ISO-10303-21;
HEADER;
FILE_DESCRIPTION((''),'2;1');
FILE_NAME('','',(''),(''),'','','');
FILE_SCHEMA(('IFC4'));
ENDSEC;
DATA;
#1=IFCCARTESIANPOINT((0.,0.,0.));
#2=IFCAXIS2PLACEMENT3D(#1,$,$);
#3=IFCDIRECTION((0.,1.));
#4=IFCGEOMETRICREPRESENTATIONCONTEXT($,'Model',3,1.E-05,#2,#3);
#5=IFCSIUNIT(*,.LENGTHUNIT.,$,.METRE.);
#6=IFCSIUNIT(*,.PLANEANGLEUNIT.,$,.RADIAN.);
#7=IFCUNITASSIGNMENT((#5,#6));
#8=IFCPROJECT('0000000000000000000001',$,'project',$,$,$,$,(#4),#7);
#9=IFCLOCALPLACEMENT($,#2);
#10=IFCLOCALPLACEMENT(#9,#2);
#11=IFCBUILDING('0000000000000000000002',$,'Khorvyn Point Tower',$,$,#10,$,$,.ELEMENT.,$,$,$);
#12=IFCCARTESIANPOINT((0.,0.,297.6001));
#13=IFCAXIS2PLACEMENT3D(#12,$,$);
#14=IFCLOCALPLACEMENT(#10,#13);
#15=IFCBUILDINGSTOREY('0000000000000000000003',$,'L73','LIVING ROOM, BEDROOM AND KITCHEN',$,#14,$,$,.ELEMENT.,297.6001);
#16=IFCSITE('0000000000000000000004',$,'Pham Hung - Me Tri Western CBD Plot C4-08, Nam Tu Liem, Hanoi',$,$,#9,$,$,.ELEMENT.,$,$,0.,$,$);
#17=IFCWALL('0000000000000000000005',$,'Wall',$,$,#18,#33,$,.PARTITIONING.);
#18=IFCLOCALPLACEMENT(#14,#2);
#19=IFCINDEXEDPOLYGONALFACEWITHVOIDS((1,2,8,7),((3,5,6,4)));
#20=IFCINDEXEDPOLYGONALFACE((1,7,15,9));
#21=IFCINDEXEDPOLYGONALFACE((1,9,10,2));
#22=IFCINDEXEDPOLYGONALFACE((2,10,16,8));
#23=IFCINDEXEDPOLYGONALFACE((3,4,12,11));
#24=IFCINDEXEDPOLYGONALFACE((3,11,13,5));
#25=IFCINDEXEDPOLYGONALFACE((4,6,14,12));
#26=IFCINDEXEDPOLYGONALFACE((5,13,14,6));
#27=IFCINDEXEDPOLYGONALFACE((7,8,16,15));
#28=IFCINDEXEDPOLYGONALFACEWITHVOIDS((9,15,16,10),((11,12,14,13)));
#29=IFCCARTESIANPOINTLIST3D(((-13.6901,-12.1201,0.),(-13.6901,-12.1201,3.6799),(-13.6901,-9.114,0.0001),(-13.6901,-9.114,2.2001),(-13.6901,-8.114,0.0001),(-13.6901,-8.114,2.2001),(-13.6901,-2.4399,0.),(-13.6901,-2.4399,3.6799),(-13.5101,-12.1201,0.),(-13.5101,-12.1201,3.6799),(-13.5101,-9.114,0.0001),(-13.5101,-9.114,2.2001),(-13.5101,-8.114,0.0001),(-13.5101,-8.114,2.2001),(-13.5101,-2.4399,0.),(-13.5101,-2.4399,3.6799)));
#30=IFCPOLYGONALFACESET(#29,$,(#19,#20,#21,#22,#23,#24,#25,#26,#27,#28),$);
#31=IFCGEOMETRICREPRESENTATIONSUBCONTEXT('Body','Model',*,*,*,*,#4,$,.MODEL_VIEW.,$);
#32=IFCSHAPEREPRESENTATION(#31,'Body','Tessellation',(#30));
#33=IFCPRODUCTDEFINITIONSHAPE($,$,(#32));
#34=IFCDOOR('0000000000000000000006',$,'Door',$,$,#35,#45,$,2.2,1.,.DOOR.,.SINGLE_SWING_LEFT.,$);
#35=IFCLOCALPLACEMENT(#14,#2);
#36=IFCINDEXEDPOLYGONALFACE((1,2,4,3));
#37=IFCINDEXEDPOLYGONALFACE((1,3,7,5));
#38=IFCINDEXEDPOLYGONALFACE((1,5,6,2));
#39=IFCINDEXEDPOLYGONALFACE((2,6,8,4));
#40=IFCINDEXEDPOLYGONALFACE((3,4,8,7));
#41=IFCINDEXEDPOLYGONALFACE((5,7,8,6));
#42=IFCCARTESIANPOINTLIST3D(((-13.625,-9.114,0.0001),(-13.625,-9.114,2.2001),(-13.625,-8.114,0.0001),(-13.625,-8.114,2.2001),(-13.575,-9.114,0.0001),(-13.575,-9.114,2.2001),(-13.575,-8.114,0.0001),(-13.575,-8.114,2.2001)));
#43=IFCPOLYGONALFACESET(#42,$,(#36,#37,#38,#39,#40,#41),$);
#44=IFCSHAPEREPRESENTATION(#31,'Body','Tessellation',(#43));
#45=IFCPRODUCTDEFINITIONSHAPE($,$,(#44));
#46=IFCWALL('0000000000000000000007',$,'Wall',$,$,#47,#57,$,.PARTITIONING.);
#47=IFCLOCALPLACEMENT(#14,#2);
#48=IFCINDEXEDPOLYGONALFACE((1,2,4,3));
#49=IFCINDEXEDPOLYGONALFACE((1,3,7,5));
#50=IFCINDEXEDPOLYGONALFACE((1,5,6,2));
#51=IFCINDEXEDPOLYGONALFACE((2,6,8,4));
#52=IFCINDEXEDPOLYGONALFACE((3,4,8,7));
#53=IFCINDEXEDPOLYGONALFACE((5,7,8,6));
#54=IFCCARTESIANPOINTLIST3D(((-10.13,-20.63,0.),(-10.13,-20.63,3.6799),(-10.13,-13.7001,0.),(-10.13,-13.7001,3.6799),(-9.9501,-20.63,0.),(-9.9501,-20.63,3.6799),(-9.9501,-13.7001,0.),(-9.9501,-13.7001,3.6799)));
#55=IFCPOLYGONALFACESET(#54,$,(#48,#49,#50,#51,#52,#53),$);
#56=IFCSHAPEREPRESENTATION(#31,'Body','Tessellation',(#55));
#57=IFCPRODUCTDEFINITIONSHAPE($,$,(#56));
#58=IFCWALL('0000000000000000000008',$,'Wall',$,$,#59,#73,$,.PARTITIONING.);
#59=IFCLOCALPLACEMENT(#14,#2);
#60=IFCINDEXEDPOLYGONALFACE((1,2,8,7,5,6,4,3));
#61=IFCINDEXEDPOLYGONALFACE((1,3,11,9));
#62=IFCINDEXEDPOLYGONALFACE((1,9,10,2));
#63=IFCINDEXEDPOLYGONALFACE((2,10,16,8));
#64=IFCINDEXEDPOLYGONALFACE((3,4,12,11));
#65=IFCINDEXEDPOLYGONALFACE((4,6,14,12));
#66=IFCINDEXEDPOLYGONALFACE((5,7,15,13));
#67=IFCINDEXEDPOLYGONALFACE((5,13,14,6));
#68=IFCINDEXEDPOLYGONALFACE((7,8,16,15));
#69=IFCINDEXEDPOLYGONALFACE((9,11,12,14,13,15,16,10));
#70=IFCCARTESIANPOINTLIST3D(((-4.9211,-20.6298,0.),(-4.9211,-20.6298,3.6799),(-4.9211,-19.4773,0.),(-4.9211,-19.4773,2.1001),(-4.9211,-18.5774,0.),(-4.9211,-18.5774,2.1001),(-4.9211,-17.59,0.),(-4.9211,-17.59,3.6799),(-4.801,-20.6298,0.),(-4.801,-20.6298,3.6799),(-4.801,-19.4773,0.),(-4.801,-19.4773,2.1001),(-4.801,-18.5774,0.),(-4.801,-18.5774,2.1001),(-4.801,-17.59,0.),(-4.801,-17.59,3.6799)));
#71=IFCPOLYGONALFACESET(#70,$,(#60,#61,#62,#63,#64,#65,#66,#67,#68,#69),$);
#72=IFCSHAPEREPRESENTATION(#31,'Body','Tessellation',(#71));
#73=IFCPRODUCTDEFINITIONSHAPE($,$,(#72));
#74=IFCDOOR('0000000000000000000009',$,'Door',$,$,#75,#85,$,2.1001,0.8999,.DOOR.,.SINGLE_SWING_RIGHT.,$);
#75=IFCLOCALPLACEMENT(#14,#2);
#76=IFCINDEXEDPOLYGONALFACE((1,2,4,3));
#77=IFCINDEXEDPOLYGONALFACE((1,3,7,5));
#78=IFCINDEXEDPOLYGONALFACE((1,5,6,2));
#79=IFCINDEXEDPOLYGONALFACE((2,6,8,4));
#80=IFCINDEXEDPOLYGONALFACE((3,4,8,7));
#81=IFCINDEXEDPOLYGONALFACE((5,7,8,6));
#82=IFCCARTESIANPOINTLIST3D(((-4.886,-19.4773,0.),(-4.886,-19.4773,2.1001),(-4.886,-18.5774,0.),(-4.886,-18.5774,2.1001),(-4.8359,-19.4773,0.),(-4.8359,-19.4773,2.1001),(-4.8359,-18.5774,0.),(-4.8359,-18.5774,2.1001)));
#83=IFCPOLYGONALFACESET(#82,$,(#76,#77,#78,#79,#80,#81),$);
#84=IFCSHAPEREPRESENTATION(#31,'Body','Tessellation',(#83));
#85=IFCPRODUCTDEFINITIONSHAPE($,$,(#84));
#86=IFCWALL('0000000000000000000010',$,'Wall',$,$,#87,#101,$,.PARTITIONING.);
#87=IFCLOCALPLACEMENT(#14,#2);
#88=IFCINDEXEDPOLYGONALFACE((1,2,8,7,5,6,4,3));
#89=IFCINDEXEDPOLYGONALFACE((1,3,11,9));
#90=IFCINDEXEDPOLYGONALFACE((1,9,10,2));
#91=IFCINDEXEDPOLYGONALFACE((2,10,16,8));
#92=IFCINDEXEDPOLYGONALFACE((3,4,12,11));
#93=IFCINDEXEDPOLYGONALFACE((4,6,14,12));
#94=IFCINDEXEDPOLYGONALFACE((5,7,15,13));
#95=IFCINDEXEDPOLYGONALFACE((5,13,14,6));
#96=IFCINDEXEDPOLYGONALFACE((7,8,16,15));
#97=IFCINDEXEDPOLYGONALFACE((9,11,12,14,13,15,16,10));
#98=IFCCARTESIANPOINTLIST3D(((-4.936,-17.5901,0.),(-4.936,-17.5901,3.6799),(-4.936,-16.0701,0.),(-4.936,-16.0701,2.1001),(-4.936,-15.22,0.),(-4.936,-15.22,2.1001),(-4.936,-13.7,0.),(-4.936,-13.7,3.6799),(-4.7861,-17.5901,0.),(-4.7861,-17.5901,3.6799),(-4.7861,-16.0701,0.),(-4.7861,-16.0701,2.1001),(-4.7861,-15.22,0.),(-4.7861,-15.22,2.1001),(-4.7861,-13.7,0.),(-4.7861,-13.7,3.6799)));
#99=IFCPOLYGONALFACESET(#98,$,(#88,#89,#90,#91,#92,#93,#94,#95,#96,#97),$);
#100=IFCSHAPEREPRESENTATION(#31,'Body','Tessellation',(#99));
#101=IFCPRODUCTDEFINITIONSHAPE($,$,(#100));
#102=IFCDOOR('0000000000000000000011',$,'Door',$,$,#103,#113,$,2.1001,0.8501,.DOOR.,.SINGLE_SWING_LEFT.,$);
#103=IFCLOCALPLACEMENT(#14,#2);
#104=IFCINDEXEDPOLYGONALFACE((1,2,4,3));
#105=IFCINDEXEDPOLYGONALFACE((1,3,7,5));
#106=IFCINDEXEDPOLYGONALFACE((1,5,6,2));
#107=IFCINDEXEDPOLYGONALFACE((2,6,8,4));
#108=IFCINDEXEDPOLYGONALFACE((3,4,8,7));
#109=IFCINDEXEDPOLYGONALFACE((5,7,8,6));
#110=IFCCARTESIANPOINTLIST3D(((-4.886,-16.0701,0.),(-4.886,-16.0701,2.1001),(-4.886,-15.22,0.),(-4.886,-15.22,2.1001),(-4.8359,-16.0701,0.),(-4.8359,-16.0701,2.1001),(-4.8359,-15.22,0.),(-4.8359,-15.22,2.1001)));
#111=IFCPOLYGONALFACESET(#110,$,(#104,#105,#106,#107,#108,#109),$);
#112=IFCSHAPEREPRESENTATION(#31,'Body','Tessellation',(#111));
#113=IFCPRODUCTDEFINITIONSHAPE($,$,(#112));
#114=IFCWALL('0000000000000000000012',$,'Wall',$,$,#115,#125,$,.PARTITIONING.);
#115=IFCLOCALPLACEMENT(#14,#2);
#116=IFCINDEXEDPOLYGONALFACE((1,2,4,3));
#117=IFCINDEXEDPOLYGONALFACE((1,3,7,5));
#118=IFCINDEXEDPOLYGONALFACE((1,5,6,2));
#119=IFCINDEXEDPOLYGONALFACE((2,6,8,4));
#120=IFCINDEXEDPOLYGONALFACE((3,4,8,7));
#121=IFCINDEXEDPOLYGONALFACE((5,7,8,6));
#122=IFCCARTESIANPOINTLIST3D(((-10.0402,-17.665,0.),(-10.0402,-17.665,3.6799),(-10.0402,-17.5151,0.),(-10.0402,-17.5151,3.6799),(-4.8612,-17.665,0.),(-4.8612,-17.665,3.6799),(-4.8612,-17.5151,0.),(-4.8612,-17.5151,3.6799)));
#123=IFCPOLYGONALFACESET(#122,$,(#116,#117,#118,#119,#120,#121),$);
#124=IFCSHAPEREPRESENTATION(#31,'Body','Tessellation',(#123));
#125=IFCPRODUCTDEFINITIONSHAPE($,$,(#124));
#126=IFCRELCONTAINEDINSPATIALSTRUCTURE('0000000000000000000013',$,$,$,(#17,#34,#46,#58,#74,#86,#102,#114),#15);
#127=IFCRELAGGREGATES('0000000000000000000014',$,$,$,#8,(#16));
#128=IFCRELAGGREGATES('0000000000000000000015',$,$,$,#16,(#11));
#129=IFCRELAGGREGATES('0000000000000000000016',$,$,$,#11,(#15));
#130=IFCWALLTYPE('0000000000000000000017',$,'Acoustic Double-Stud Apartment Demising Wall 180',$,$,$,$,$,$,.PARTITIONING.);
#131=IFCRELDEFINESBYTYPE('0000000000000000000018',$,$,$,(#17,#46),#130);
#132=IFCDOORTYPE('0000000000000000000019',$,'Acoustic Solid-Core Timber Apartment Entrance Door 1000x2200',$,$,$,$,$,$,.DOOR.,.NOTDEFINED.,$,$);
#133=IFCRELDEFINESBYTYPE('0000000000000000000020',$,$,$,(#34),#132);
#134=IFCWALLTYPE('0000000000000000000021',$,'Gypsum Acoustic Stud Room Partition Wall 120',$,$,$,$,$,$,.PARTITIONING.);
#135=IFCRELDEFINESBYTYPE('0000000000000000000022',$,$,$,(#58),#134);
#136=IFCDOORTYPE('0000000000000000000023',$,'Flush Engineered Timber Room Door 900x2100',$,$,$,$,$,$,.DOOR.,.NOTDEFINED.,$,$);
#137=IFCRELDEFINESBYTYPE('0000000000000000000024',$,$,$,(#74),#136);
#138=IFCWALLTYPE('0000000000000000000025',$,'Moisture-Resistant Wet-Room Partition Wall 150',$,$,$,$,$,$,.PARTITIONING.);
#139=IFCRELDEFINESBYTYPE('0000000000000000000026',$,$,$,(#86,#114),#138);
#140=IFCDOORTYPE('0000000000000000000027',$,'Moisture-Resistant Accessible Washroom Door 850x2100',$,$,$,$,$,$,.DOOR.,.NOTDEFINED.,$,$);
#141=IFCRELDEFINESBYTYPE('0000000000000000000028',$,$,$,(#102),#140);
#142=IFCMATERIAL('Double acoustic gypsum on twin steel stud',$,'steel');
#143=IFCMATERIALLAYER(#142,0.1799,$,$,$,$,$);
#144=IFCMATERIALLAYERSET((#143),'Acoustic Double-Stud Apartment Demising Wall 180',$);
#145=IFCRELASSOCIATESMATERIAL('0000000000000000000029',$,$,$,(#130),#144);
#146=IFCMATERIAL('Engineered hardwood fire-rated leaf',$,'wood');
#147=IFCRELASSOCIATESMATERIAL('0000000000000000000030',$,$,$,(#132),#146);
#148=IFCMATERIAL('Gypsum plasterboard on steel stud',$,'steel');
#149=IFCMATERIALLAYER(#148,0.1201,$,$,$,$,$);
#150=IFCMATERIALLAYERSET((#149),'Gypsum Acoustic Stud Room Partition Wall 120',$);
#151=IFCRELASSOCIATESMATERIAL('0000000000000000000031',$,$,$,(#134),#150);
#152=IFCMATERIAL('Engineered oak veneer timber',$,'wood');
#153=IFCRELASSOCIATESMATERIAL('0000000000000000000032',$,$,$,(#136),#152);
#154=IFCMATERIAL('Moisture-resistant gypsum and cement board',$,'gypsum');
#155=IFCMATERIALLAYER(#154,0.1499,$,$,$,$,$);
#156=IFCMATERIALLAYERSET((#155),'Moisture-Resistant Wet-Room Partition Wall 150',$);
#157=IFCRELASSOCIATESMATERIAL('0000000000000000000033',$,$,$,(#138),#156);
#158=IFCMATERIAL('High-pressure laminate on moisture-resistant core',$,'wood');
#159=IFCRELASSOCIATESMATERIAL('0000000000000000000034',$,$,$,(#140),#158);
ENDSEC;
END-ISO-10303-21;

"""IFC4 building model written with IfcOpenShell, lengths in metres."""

from ifc_helpers import new_model, si_unit, direction, frame, frame_2d, origin, place, context, subcontext, project, spatial, rectangle, extrude, material, layer, layer_set, type_object, element, fill, save


model = new_model("IFC4")

# Units and contexts
model_context = context("Model", 3, precision=1e-05, world=origin(), true_north=direction((0.0, 1.0)))
body_context = subcontext(model_context, "Body", "Model", "MODEL_VIEW")
ifc_project = project(units=[si_unit("LENGTHUNIT", "METRE"), si_unit("PLANEANGLEUNIT", "RADIAN")], contexts=[model_context])

# Site, building, storey
site_placement = place(None, origin())
site = spatial("IfcSite", under=ifc_project, at=site_placement, Name="Pham Hung - Me Tri Western CBD Plot C4-08, Nam Tu Liem, Hanoi", CompositionType="ELEMENT", RefElevation=0.0)
building_placement = place(site_placement, origin())
building = spatial("IfcBuilding", under=site, at=building_placement, Name="Khorvyn Point Tower", CompositionType="ELEMENT")
storey_placement = place(building_placement, frame((0.0, 0.0, 297.6001)))
storey = spatial("IfcBuildingStorey", under=building, at=storey_placement, Name="L73", Description="LIVING ROOM, BEDROOM AND KITCHEN", CompositionType="ELEMENT", Elevation=297.6001)

# Wall, opening, door
ifc_material_1 = material(Name="Double acoustic gypsum on twin steel stud", Category="steel")
ifc_layer_1 = layer(ifc_material_1, 0.1799)
ifc_layer_set_1 = layer_set([ifc_layer_1], Name="Acoustic Double-Stud Apartment Demising Wall 180")
wall_type_1 = type_object("IfcWallType", Name="Acoustic Double-Stud Apartment Demising Wall 180", PredefinedType="PARTITIONING", material=ifc_layer_set_1)
ifc_material_2 = material(Name="Engineered hardwood fire-rated leaf", Category="wood")
door_type_1 = type_object("IfcDoorType", Name="Acoustic Solid-Core Timber Apartment Entrance Door 1000x2200", OperationType="NOTDEFINED", PredefinedType="DOOR", material=ifc_material_2)
wall_1_placement = place(storey_placement, frame((-13.6001, -12.1201, 0.0), z_axis=(0.0, 0.0, 1.0), x_axis=(0.0, 1.0, 0.0)))
wall_1 = element("IfcWall", 1, at=wall_1_placement, inside=storey, type_object=wall_type_1, Name="Wall", PredefinedType="PARTITIONING", context=body_context, shape_type="SweptSolid", body=[
    extrude(rectangle(XDim=9.6802, YDim=0.1799, at=frame_2d((4.8401, 0.0))), origin(), (0.0, 0.0, 1.0), 3.6799),
])
opening_1_placement = place(wall_1_placement, frame((3.0061, 0.0, 0.0)))
opening_1 = element("IfcOpeningElement", 2, at=opening_1_placement, cuts=wall_1, PredefinedType="OPENING", context=body_context, shape_type="SweptSolid", body=[
    extrude(rectangle(XDim=1.0, YDim=2.2, at=frame_2d((0.5, 1.1001))), frame((0.0, 0.0999, 0.0), z_axis=(0.0, -1.0, 0.0), x_axis=(1.0, 0.0, 0.0)), (0.0, 0.0, 1.0), 0.2),
])
door_1_placement = place(opening_1_placement, origin())
door_1 = element("IfcDoor", 3, at=door_1_placement, inside=storey, type_object=door_type_1, Name="Door", OperationType="SINGLE_SWING_LEFT", OverallHeight=2.2, OverallWidth=1.0, PredefinedType="DOOR", context=body_context, shape_type="SweptSolid", body=[
    extrude(rectangle(XDim=1.0, YDim=2.2, at=frame_2d((0.5, 1.1001))), frame((0.0, 0.0249, 0.0), z_axis=(0.0, -1.0, 0.0), x_axis=(1.0, 0.0, 0.0)), (0.0, 0.0, 1.0), 0.05),
])
fill(opening_1, door_1)

# Wall
wall_2_placement = place(storey_placement, frame((-10.04, -20.6299, 0.0), z_axis=(0.0, 0.0, 1.0), x_axis=(0.0, 1.0, 0.0)))
element("IfcWall", 4, at=wall_2_placement, inside=storey, type_object=wall_type_1, Name="Wall", PredefinedType="PARTITIONING", context=body_context, shape_type="SweptSolid", body=[
    extrude(rectangle(XDim=6.9299, YDim=0.1799, at=frame_2d((3.4648, 0.0))), origin(), (0.0, 0.0, 1.0), 3.6799),
])

# Walls, openings, doors
ifc_material_3 = material(Name="Gypsum plasterboard on steel stud", Category="steel")
ifc_layer_2 = layer(ifc_material_3, 0.1201)
ifc_layer_set_2 = layer_set([ifc_layer_2], Name="Gypsum Acoustic Stud Room Partition Wall 120")
wall_type_2 = type_object("IfcWallType", Name="Gypsum Acoustic Stud Room Partition Wall 120", PredefinedType="PARTITIONING", material=ifc_layer_set_2)
wall_3_placement = place(storey_placement, frame((-4.8611, -20.6299, 0.0), z_axis=(0.0, 0.0, 1.0), x_axis=(0.0, 1.0, 0.0)))
wall_3 = element("IfcWall", 5, at=wall_3_placement, inside=storey, type_object=wall_type_2, Name="Wall", PredefinedType="PARTITIONING", context=body_context, shape_type="SweptSolid", body=[
    extrude(rectangle(XDim=3.0398, YDim=0.1201, at=frame_2d((1.52, 0.0))), origin(), (0.0, 0.0, 1.0), 3.6799),
])
opening_2_placement = place(wall_3_placement, frame((1.1526, 0.0, 0.0)))
opening_2 = element("IfcOpeningElement", 6, at=opening_2_placement, cuts=wall_3, PredefinedType="OPENING", context=body_context, shape_type="SweptSolid", body=[
    extrude(rectangle(XDim=0.8999, YDim=2.1001, at=frame_2d((0.45, 1.05))), frame((0.0, 0.0701, 0.0), z_axis=(0.0, -1.0, 0.0), x_axis=(1.0, 0.0, 0.0)), (0.0, 0.0, 1.0), 0.1401),
])
ifc_material_4 = material(Name="Engineered oak veneer timber", Category="wood")
door_type_2 = type_object("IfcDoorType", Name="Flush Engineered Timber Room Door 900x2100", OperationType="NOTDEFINED", PredefinedType="DOOR", material=ifc_material_4)
door_2_placement = place(opening_2_placement, origin())
door_2 = element("IfcDoor", 7, at=door_2_placement, inside=storey, type_object=door_type_2, Name="Door", OperationType="SINGLE_SWING_RIGHT", OverallHeight=2.1001, OverallWidth=0.8999, PredefinedType="DOOR", context=body_context, shape_type="SweptSolid", body=[
    extrude(rectangle(XDim=0.8999, YDim=2.1001, at=frame_2d((0.45, 1.05))), frame((0.0, 0.0249, 0.0), z_axis=(0.0, -1.0, 0.0), x_axis=(1.0, 0.0, 0.0)), (0.0, 0.0, 1.0), 0.05),
])
fill(opening_2, door_2)
ifc_material_5 = material(Name="Moisture-resistant gypsum and cement board", Category="gypsum")
ifc_layer_3 = layer(ifc_material_5, 0.1499)
ifc_layer_set_3 = layer_set([ifc_layer_3], Name="Moisture-Resistant Wet-Room Partition Wall 150")
wall_type_3 = type_object("IfcWallType", Name="Moisture-Resistant Wet-Room Partition Wall 150", PredefinedType="PARTITIONING", material=ifc_layer_set_3)
wall_4_placement = place(storey_placement, frame((-4.8611, -17.5901, 0.0), z_axis=(0.0, 0.0, 1.0), x_axis=(0.0, 1.0, 0.0)))
wall_4 = element("IfcWall", 8, at=wall_4_placement, inside=storey, type_object=wall_type_3, Name="Wall", PredefinedType="PARTITIONING", context=body_context, shape_type="SweptSolid", body=[
    extrude(rectangle(XDim=3.8901, YDim=0.1499, at=frame_2d((1.9451, 0.0))), origin(), (0.0, 0.0, 1.0), 3.6799),
])
opening_3_placement = place(wall_4_placement, frame((1.52, 0.0, 0.0)))
opening_3 = element("IfcOpeningElement", 9, at=opening_3_placement, cuts=wall_4, PredefinedType="OPENING", context=body_context, shape_type="SweptSolid", body=[
    extrude(rectangle(XDim=0.8501, YDim=2.1001, at=frame_2d((0.425, 1.05))), frame((0.0, 0.085, 0.0), z_axis=(0.0, -1.0, 0.0), x_axis=(1.0, 0.0, 0.0)), (0.0, 0.0, 1.0), 0.1699),
])
ifc_material_6 = material(Name="High-pressure laminate on moisture-resistant core", Category="wood")
door_type_3 = type_object("IfcDoorType", Name="Moisture-Resistant Accessible Washroom Door 850x2100", OperationType="NOTDEFINED", PredefinedType="DOOR", material=ifc_material_6)
door_3_placement = place(opening_3_placement, origin())
door_3 = element("IfcDoor", 10, at=door_3_placement, inside=storey, type_object=door_type_3, Name="Door", OperationType="SINGLE_SWING_LEFT", OverallHeight=2.1001, OverallWidth=0.8501, PredefinedType="DOOR", context=body_context, shape_type="SweptSolid", body=[
    extrude(rectangle(XDim=0.8501, YDim=2.1001, at=frame_2d((0.425, 1.05))), frame((0.0, 0.0249, 0.0), z_axis=(0.0, -1.0, 0.0), x_axis=(1.0, 0.0, 0.0)), (0.0, 0.0, 1.0), 0.05),
])
fill(opening_3, door_3)

# Wall
wall_5_placement = place(storey_placement, frame((-10.04, -17.5901, 0.0), z_axis=(0.0, 0.0, 1.0), x_axis=(1.0, 0.0, 0.0)))
element("IfcWall", 11, at=wall_5_placement, inside=storey, type_object=wall_type_3, Name="Wall", PredefinedType="PARTITIONING", context=body_context, shape_type="SweptSolid", body=[
    extrude(rectangle(XDim=5.179, YDim=0.1499, at=frame_2d((2.5894, 0.0))), origin(), (0.0, 0.0, 1.0), 3.6799),
])

save(model, "model.ifc")
